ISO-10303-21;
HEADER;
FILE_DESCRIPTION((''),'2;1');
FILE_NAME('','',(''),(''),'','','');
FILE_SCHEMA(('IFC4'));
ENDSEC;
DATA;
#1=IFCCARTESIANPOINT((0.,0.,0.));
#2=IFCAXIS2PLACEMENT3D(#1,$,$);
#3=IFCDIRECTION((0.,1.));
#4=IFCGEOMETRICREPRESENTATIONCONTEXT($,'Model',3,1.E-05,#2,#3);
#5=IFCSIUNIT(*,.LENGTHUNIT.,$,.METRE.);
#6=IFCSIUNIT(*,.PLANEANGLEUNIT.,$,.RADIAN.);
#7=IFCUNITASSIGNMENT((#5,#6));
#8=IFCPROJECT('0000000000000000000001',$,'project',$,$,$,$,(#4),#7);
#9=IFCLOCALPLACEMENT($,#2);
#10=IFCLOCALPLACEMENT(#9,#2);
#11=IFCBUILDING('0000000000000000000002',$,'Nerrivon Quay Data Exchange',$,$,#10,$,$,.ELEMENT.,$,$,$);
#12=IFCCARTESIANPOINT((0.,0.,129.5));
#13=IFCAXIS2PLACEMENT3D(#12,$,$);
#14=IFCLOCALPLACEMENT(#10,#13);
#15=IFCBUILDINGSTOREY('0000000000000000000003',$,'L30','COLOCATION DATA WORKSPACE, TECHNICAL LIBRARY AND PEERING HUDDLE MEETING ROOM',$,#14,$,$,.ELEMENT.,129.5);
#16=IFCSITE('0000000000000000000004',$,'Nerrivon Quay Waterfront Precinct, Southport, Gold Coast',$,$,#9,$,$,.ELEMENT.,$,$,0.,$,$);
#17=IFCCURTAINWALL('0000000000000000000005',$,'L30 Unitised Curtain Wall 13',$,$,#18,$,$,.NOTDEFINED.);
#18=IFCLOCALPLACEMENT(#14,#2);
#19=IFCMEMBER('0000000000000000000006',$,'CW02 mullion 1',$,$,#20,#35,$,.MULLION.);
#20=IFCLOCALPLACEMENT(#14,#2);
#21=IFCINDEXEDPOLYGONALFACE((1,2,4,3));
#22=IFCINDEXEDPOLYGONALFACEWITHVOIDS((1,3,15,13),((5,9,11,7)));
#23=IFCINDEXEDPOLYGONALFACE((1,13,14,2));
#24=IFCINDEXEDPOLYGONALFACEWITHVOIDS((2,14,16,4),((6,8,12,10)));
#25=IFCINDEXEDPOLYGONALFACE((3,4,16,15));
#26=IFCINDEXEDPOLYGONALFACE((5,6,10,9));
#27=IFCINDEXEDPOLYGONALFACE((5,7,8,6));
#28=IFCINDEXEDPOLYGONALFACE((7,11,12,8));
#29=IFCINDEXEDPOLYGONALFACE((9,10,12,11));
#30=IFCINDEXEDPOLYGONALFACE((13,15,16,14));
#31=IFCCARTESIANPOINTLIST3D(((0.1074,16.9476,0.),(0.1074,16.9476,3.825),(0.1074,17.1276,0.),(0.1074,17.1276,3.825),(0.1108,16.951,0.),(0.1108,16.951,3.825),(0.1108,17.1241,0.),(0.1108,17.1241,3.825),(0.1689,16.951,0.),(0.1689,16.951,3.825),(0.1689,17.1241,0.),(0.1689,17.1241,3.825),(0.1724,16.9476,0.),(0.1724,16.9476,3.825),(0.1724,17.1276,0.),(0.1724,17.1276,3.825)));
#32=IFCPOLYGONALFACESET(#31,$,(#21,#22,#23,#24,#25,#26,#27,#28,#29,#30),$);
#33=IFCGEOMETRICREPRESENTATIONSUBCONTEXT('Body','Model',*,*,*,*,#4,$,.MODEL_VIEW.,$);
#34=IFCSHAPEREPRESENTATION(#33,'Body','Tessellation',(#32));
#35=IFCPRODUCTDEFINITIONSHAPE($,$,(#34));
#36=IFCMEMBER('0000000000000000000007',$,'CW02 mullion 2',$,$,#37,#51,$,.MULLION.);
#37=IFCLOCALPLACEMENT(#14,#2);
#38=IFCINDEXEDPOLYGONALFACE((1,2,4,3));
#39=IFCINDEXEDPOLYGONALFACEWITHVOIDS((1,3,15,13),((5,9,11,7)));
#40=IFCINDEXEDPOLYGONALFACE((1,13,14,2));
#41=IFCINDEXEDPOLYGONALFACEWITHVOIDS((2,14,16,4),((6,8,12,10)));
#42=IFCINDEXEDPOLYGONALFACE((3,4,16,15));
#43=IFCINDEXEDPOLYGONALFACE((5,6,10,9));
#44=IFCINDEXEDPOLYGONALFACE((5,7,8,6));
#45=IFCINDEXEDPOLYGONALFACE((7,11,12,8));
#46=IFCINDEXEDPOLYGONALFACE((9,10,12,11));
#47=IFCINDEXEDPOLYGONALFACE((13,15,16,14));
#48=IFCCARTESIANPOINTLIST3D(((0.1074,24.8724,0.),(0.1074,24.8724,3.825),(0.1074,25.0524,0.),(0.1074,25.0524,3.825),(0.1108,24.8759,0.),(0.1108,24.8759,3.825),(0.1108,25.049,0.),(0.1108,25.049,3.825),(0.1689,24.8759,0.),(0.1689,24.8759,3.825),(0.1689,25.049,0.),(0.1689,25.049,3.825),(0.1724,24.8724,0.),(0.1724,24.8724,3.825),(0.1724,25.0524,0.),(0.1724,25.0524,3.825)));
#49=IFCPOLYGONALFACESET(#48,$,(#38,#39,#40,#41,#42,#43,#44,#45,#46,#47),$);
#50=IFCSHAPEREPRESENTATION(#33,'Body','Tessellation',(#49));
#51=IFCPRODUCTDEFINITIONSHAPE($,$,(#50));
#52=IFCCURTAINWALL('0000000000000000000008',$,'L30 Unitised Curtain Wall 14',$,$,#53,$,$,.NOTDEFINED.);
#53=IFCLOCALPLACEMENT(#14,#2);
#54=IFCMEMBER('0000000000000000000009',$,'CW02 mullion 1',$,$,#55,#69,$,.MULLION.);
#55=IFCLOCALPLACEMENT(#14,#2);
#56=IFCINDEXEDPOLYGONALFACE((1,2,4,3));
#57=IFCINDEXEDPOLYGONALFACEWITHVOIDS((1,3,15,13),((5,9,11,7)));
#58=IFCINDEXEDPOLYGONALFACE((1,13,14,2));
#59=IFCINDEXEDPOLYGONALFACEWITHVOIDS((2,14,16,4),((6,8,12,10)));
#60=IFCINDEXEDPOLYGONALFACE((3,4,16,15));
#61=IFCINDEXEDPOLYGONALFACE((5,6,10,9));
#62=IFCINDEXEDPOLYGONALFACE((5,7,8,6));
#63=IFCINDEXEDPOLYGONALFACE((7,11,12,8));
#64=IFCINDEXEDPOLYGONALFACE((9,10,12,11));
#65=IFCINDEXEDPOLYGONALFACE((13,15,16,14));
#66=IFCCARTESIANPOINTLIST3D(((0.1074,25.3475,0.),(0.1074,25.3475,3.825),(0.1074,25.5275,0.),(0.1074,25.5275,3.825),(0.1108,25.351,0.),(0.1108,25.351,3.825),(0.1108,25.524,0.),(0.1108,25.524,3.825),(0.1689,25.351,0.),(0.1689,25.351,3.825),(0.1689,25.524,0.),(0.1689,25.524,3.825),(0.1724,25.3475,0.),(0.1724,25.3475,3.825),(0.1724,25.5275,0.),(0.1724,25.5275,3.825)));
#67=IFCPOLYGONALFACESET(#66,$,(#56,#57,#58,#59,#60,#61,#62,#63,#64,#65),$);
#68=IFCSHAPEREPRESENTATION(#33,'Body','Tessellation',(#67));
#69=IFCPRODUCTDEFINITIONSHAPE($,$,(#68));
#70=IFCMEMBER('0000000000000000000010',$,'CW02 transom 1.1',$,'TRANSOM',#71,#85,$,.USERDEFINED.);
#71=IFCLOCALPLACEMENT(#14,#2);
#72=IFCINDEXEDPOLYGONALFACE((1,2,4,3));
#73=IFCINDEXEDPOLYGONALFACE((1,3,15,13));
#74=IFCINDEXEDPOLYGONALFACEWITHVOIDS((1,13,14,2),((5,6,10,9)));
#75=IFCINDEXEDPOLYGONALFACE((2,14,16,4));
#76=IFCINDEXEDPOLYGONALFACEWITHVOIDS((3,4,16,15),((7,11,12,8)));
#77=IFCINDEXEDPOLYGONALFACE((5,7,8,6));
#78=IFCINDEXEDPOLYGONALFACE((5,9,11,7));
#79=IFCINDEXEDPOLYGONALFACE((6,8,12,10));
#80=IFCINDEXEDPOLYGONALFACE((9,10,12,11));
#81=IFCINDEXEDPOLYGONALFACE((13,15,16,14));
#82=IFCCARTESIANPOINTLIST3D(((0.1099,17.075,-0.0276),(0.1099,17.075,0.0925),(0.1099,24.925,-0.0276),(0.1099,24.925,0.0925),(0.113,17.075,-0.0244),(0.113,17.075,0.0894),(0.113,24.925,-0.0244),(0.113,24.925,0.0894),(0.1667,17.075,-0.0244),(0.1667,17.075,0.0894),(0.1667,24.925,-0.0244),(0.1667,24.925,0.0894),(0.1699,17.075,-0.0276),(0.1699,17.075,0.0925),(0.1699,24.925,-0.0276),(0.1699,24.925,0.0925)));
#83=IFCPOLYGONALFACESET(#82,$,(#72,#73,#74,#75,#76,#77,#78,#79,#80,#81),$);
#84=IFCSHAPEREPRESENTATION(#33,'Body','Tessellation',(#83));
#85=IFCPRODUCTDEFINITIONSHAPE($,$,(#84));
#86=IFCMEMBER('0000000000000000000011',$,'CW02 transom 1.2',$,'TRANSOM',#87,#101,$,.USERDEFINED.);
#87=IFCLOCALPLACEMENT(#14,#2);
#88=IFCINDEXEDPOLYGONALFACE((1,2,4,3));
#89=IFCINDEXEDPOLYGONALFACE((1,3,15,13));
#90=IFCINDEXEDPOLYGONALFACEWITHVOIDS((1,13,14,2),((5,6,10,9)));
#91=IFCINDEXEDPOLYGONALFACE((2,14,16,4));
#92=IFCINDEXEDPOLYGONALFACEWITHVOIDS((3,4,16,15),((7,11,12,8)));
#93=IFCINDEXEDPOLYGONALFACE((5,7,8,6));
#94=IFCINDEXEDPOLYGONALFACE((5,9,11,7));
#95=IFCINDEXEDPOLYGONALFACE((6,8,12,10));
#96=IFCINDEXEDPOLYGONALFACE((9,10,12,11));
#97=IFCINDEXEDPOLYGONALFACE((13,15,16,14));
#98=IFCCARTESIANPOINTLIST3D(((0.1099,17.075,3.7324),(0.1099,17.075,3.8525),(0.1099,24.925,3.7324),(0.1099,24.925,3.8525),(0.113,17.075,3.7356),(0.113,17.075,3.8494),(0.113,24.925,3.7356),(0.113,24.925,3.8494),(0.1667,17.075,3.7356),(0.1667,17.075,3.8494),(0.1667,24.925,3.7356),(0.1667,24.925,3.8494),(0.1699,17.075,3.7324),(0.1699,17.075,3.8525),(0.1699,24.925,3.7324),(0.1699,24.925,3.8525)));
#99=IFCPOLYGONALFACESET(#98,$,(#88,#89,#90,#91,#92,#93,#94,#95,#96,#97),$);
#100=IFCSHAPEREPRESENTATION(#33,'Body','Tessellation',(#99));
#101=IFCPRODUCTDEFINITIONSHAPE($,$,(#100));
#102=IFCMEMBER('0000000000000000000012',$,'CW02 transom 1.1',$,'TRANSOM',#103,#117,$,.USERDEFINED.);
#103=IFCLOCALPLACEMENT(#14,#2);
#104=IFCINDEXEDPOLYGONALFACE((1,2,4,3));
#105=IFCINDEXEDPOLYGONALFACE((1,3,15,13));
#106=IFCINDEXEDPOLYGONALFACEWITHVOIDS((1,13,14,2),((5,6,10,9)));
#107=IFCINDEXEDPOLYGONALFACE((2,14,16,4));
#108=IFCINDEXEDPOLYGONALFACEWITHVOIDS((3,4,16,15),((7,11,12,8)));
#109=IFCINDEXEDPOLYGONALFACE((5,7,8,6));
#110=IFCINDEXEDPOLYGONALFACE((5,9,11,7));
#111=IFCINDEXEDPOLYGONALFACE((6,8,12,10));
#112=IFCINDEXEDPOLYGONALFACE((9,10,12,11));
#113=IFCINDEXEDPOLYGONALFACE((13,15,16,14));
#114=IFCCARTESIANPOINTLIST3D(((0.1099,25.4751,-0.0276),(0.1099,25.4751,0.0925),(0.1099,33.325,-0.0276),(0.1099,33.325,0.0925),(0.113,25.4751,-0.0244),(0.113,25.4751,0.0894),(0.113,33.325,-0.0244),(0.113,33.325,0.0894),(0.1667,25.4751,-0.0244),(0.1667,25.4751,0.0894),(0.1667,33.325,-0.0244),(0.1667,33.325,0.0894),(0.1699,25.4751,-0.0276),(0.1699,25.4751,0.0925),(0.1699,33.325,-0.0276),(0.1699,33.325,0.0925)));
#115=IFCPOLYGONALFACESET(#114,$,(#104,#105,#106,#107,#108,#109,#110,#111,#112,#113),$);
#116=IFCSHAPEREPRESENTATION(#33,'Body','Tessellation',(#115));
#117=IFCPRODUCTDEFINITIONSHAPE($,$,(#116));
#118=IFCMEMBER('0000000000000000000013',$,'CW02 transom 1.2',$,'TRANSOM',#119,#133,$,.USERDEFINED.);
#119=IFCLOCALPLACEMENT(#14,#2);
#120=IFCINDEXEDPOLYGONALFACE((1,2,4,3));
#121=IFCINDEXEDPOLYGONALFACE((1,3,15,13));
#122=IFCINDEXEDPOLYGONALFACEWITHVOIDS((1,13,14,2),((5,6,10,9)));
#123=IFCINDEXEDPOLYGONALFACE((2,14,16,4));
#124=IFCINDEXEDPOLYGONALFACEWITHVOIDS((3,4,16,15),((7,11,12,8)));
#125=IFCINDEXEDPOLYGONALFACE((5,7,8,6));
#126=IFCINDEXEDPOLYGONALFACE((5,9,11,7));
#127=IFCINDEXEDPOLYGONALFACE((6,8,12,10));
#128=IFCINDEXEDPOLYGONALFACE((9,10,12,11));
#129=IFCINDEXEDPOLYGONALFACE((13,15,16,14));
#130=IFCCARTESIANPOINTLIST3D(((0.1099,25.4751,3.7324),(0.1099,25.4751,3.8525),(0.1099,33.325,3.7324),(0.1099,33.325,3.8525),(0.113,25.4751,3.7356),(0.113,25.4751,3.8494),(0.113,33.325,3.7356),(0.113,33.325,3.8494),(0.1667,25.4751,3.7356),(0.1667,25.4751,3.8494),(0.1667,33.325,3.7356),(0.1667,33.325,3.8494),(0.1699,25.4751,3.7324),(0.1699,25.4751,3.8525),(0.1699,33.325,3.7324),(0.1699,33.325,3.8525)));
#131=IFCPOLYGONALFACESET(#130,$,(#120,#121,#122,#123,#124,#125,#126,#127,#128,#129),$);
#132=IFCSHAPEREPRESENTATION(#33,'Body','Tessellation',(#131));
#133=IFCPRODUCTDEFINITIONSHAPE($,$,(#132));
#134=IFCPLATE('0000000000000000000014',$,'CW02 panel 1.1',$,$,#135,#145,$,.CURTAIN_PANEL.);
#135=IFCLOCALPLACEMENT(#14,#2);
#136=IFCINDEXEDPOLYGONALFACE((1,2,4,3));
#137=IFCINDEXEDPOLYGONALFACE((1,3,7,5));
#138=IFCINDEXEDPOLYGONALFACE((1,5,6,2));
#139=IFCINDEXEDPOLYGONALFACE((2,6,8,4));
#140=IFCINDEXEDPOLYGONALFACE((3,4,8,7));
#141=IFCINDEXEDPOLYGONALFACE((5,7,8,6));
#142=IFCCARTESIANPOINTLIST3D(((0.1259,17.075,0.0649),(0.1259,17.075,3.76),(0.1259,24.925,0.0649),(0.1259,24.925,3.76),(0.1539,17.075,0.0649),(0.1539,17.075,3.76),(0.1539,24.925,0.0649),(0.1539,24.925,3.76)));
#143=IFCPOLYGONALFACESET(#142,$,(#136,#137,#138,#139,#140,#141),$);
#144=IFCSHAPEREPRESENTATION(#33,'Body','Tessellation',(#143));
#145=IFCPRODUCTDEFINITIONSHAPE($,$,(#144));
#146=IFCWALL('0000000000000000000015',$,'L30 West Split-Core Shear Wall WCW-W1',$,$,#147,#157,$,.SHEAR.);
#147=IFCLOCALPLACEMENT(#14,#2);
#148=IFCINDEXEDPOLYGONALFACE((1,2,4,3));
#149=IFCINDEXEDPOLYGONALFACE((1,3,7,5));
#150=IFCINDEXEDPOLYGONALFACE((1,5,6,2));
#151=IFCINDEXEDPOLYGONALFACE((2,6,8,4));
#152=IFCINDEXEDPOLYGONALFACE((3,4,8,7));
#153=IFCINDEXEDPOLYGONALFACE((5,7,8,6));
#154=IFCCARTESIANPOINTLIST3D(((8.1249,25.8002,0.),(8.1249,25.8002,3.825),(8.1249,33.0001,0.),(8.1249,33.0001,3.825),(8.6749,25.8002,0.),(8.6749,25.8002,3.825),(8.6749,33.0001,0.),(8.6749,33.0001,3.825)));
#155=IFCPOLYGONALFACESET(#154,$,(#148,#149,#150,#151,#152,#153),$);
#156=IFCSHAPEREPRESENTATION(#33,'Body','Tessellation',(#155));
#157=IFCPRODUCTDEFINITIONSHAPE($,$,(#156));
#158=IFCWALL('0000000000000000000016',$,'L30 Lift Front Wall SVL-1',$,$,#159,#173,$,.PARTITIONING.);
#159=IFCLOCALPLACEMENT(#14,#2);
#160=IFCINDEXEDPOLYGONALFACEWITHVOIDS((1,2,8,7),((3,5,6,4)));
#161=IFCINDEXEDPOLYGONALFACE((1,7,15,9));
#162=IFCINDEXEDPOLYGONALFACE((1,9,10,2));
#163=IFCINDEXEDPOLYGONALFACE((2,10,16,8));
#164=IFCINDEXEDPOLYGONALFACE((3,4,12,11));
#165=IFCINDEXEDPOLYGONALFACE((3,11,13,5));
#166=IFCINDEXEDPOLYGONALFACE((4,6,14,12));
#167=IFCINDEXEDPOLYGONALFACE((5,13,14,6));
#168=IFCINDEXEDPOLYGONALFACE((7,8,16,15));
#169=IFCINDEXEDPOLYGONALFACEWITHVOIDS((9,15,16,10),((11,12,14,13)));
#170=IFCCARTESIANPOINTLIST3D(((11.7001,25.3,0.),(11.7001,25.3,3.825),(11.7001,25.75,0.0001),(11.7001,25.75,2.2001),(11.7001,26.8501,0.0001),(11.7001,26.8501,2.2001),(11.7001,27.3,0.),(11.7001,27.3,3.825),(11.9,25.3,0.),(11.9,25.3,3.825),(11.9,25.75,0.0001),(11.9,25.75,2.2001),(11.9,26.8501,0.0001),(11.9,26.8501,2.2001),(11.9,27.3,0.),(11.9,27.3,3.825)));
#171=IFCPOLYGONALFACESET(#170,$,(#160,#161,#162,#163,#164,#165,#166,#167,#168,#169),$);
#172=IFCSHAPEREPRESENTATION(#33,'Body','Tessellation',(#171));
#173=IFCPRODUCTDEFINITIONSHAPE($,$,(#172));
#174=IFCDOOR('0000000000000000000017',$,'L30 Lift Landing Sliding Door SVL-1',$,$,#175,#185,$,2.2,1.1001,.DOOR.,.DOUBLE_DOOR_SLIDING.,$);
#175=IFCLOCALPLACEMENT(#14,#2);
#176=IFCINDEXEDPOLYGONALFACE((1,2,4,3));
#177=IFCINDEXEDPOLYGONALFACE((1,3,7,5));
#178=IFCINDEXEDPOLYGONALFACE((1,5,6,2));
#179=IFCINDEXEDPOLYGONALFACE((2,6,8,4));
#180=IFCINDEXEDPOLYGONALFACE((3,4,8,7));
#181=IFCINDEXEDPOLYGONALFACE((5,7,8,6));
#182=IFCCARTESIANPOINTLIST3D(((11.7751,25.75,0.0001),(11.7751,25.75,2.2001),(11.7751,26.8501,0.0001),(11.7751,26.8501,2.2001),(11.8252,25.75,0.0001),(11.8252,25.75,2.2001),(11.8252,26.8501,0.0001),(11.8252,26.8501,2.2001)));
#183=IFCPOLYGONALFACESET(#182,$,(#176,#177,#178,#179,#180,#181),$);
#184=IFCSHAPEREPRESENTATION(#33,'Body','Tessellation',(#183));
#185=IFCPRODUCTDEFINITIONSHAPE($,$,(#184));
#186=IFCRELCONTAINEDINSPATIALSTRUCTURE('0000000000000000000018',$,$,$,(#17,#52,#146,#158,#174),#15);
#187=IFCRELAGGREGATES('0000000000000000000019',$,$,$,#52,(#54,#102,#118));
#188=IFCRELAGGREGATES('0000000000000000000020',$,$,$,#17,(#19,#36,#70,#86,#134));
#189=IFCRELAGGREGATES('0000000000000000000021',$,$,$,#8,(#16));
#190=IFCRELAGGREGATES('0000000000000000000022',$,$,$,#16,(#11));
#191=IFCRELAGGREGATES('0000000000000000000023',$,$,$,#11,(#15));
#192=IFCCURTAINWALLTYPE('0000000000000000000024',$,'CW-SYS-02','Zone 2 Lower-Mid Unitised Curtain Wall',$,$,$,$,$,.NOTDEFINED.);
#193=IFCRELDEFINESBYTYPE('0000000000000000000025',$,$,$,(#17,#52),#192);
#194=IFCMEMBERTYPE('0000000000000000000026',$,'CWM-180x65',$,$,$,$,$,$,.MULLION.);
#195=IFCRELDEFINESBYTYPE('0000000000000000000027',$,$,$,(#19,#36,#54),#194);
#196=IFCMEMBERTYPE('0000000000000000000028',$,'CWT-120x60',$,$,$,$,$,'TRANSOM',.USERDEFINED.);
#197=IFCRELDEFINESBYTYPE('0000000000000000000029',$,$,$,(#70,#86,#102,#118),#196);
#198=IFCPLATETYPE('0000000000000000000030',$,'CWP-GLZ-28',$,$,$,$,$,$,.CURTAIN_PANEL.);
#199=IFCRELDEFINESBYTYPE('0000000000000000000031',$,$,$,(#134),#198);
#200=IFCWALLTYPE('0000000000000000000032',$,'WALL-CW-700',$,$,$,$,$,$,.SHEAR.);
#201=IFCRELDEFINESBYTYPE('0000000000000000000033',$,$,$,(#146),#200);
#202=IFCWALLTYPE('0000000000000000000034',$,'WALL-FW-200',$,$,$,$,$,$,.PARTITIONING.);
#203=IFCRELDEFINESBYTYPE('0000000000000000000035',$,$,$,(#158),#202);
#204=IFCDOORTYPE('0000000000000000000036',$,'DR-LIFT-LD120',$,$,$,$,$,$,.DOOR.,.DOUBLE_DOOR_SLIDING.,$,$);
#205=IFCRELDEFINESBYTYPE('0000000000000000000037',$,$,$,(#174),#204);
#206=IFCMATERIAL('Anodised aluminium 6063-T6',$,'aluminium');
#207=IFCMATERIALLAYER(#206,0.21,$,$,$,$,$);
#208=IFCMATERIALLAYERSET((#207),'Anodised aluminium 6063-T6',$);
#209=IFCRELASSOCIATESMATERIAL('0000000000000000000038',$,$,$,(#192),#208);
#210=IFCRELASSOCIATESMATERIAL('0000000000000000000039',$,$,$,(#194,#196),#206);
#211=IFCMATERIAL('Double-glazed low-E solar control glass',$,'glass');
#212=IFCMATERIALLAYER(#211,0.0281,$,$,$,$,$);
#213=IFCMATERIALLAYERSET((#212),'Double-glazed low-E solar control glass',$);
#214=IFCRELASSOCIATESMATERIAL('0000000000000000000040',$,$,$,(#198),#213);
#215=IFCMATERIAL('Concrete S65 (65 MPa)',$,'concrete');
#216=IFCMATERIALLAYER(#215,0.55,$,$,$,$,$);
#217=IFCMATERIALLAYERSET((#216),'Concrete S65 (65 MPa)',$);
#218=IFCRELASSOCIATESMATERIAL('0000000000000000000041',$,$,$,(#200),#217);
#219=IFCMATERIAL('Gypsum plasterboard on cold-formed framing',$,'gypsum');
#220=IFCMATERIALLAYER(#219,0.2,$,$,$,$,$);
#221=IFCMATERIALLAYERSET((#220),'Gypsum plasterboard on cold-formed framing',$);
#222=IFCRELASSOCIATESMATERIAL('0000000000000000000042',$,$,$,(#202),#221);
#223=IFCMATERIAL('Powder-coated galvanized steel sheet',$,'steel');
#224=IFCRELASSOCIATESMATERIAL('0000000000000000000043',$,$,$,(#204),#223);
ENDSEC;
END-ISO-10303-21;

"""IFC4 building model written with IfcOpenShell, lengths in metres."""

from ifc_helpers import new_model, si_unit, direction, frame, frame_2d, origin, origin_2d, place, context, subcontext, project, spatial, rectangle, hollow_rectangle, extrude, material, layer, layer_set, material_profile, profile_set, type_object, element, fill, aggregate, save


model = new_model("IFC4")

# Units and contexts
model_context = context("Model", 3, precision=1e-05, world=origin(), true_north=direction((0.0, 1.0)))
body_context = subcontext(model_context, "Body", "Model", "MODEL_VIEW")
ifc_project = project(units=[si_unit("LENGTHUNIT", "METRE"), si_unit("PLANEANGLEUNIT", "RADIAN")], contexts=[model_context])

# Site, building, storey
site_placement = place(None, origin())
site = spatial("IfcSite", under=ifc_project, at=site_placement, Name="Nerrivon Quay Waterfront Precinct, Southport, Gold Coast", CompositionType="ELEMENT", RefElevation=0.0)
building_placement = place(site_placement, origin())
building = spatial("IfcBuilding", under=site, at=building_placement, Name="Nerrivon Quay Data Exchange", CompositionType="ELEMENT")
storey_placement = place(building_placement, frame((0.0, 0.0, 129.5)))
storey = spatial("IfcBuildingStorey", under=building, at=storey_placement, Name="L30", Description="COLOCATION DATA WORKSPACE, TECHNICAL LIBRARY AND PEERING HUDDLE MEETING ROOM", CompositionType="ELEMENT", Elevation=129.5)

# Shared definitions
ifc_material_1 = material(Name="Concrete S65 (65 MPa)", Category="concrete")

# Curtain wall, members
ifc_material_2 = material(Name="Anodised aluminium 6063-T6", Category="aluminium")
ifc_layer_1 = layer(ifc_material_2, 0.21)
ifc_layer_set_1 = layer_set([ifc_layer_1], Name="Anodised aluminium 6063-T6")
curtain_wall_type = type_object("IfcCurtainWallType", Name="CW-SYS-02", Description="Zone 2 Lower-Mid Unitised Curtain Wall", PredefinedType="NOTDEFINED", material=ifc_layer_set_1)
curtain_wall_1_placement = place(storey_placement, origin())
curtain_wall_1 = element("IfcCurtainWall", 1, at=curtain_wall_1_placement, inside=storey, type_object=curtain_wall_type, Name="L30 Unitised Curtain Wall 13", PredefinedType="NOTDEFINED")
ifc_material_profile_1 = material_profile(ifc_material_2, hollow_rectangle(XDim=0.0649, YDim=0.1799, WallThickness=0.0034, at=origin_2d()), Name="ALU-MULL-180x65")
ifc_profile_set_1 = profile_set([ifc_material_profile_1], Name="Anodised aluminium 6063-T6")
member_type_1 = type_object("IfcMemberType", Name="CWM-180x65", PredefinedType="MULLION", material=ifc_profile_set_1)
member_1_placement = place(storey_placement, frame((0.1399, 17.0376, 0.0), z_axis=(0.0, 0.0, 1.0), x_axis=(-1.0, 0.0, 0.0)))
member_1 = element("IfcMember", 2, at=member_1_placement, type_object=member_type_1, Name="CW02 mullion 1", PredefinedType="MULLION", context=body_context, shape_type="SweptSolid", body=[
    extrude(hollow_rectangle(XDim=0.0649, YDim=0.1799, WallThickness=0.0034, at=origin_2d()), origin(), (0.0, 0.0, 1.0), 3.825),
])
member_2_placement = place(storey_placement, frame((0.1399, 24.9624, 0.0), z_axis=(0.0, 0.0, 1.0), x_axis=(-1.0, 0.0, 0.0)))
member_2 = element("IfcMember", 3, at=member_2_placement, type_object=member_type_1, Name="CW02 mullion 2", PredefinedType="MULLION", context=body_context, shape_type="SweptSolid", body=[
    extrude(hollow_rectangle(XDim=0.0649, YDim=0.1799, WallThickness=0.0034, at=origin_2d()), origin(), (0.0, 0.0, 1.0), 3.825),
])

# Curtain wall, member
curtain_wall_2_placement = place(storey_placement, origin())
curtain_wall_2 = element("IfcCurtainWall", 4, at=curtain_wall_2_placement, inside=storey, type_object=curtain_wall_type, Name="L30 Unitised Curtain Wall 14", PredefinedType="NOTDEFINED")
member_3_placement = place(storey_placement, frame((0.1399, 25.4375, 0.0), z_axis=(0.0, 0.0, 1.0), x_axis=(-1.0, 0.0, 0.0)))
member_3 = element("IfcMember", 5, at=member_3_placement, type_object=member_type_1, Name="CW02 mullion 1", PredefinedType="MULLION", context=body_context, shape_type="SweptSolid", body=[
    extrude(hollow_rectangle(XDim=0.0649, YDim=0.1799, WallThickness=0.0034, at=origin_2d()), origin(), (0.0, 0.0, 1.0), 3.825),
])

# Members
ifc_material_profile_2 = material_profile(ifc_material_2, hollow_rectangle(XDim=0.0601, YDim=0.1201, WallThickness=0.0032, at=origin_2d()), Name="ALU-TRAN-120x60")
ifc_profile_set_2 = profile_set([ifc_material_profile_2], Name="Anodised aluminium 6063-T6")
member_type_2 = type_object("IfcMemberType", Name="CWT-120x60", ElementType="TRANSOM", PredefinedType="USERDEFINED", material=ifc_profile_set_2)
member_4_placement = place(storey_placement, frame((0.1399, 17.075, 0.0325), z_axis=(0.0, 1.0, 0.0), x_axis=(-1.0, 0.0, 0.0)))
member_4 = element("IfcMember", 6, at=member_4_placement, type_object=member_type_2, Name="CW02 transom 1.1", ObjectType="TRANSOM", PredefinedType="USERDEFINED", context=body_context, shape_type="SweptSolid", body=[
    extrude(hollow_rectangle(XDim=0.0601, YDim=0.1201, WallThickness=0.0032, at=origin_2d()), origin(), (0.0, 0.0, 1.0), 7.8501),
])
member_5_placement = place(storey_placement, frame((0.1399, 17.075, 3.7925), z_axis=(0.0, 1.0, 0.0), x_axis=(-1.0, 0.0, 0.0)))
member_5 = element("IfcMember", 7, at=member_5_placement, type_object=member_type_2, Name="CW02 transom 1.2", ObjectType="TRANSOM", PredefinedType="USERDEFINED", context=body_context, shape_type="SweptSolid", body=[
    extrude(hollow_rectangle(XDim=0.0601, YDim=0.1201, WallThickness=0.0032, at=origin_2d()), origin(), (0.0, 0.0, 1.0), 7.8501),
])
member_6_placement = place(storey_placement, frame((0.1399, 25.4751, 0.0325), z_axis=(0.0, 1.0, 0.0), x_axis=(-1.0, 0.0, 0.0)))
member_6 = element("IfcMember", 8, at=member_6_placement, type_object=member_type_2, Name="CW02 transom 1.1", ObjectType="TRANSOM", PredefinedType="USERDEFINED", context=body_context, shape_type="SweptSolid", body=[
    extrude(hollow_rectangle(XDim=0.0601, YDim=0.1201, WallThickness=0.0032, at=origin_2d()), origin(), (0.0, 0.0, 1.0), 7.8499),
])
member_7_placement = place(storey_placement, frame((0.1399, 25.4751, 3.7925), z_axis=(0.0, 1.0, 0.0), x_axis=(-1.0, 0.0, 0.0)))
member_7 = element("IfcMember", 9, at=member_7_placement, type_object=member_type_2, Name="CW02 transom 1.2", ObjectType="TRANSOM", PredefinedType="USERDEFINED", context=body_context, shape_type="SweptSolid", body=[
    extrude(hollow_rectangle(XDim=0.0601, YDim=0.1201, WallThickness=0.0032, at=origin_2d()), origin(), (0.0, 0.0, 1.0), 7.8499),
])
aggregate(curtain_wall_2, [member_3, member_6, member_7])

# Plate
ifc_material_3 = material(Name="Double-glazed low-E solar control glass", Category="glass")
ifc_layer_2 = layer(ifc_material_3, 0.0281)
ifc_layer_set_2 = layer_set([ifc_layer_2], Name="Double-glazed low-E solar control glass")
plate_type = type_object("IfcPlateType", Name="CWP-GLZ-28", PredefinedType="CURTAIN_PANEL", material=ifc_layer_set_2)
plate_placement = place(storey_placement, frame((0.1399, 21.0, 0.0649), z_axis=(0.0, 0.0, 1.0), x_axis=(0.0, 1.0, 0.0)))
plate = element("IfcPlate", 10, at=plate_placement, type_object=plate_type, Name="CW02 panel 1.1", PredefinedType="CURTAIN_PANEL", context=body_context, shape_type="SweptSolid", body=[
    extrude(rectangle(XDim=7.8501, YDim=0.0281, at=origin_2d()), origin(), (0.0, 0.0, 1.0), 3.6951),
])
aggregate(curtain_wall_1, [member_1, member_2, member_4, member_5, plate])

# Wall
ifc_layer_3 = layer(ifc_material_1, 0.55)
ifc_layer_set_3 = layer_set([ifc_layer_3], Name="Concrete S65 (65 MPa)")
wall_type_1 = type_object("IfcWallType", Name="WALL-CW-700", PredefinedType="SHEAR", material=ifc_layer_set_3)
wall_1_placement = place(storey_placement, frame((8.3999, 25.8, 0.0), z_axis=(0.0, 0.0, 1.0), x_axis=(0.0, 1.0, 0.0)))
element("IfcWall", 11, at=wall_1_placement, inside=storey, type_object=wall_type_1, Name="L30 West Split-Core Shear Wall WCW-W1", PredefinedType="SHEAR", context=body_context, shape_type="SweptSolid", body=[
    extrude(rectangle(XDim=7.2, YDim=0.55, at=frame_2d((3.6001, 0.0))), origin(), (0.0, 0.0, 1.0), 3.825),
])

# Wall, opening, door
ifc_material_4 = material(Name="Powder-coated galvanized steel sheet", Category="steel")
ifc_material_5 = material(Name="Gypsum plasterboard on cold-formed framing", Category="gypsum")
ifc_layer_4 = layer(ifc_material_5, 0.2)
ifc_layer_set_4 = layer_set([ifc_layer_4], Name="Gypsum plasterboard on cold-formed framing")
wall_type_2 = type_object("IfcWallType", Name="WALL-FW-200", PredefinedType="PARTITIONING", material=ifc_layer_set_4)
wall_2_placement = place(storey_placement, frame((11.8, 25.3, 0.0), z_axis=(0.0, 0.0, 1.0), x_axis=(0.0, 1.0, 0.0)))
wall_2 = element("IfcWall", 12, at=wall_2_placement, inside=storey, type_object=wall_type_2, Name="L30 Lift Front Wall SVL-1", PredefinedType="PARTITIONING", context=body_context, shape_type="SweptSolid", body=[
    extrude(rectangle(XDim=2.0, YDim=0.2, at=frame_2d((1.0, 0.0))), origin(), (0.0, 0.0, 1.0), 3.825),
])
opening_1_placement = place(wall_2_placement, frame((0.45, 0.0, 0.0)))
opening_1 = element("IfcOpeningElement", 13, at=opening_1_placement, cuts=wall_2, PredefinedType="OPENING", context=body_context, shape_type="SweptSolid", body=[
    extrude(rectangle(XDim=1.1001, YDim=2.2, at=frame_2d((0.55, 1.1001))), frame((0.0, 0.1099, 0.0), z_axis=(0.0, -1.0, 0.0), x_axis=(1.0, 0.0, 0.0)), (0.0, 0.0, 1.0), 0.22),
])
door_type_1 = type_object("IfcDoorType", Name="DR-LIFT-LD120", OperationType="DOUBLE_DOOR_SLIDING", PredefinedType="DOOR", material=ifc_material_4)
door_1_placement = place(opening_1_placement, origin())
door_1 = element("IfcDoor", 14, at=door_1_placement, inside=storey, type_object=door_type_1, Name="L30 Lift Landing Sliding Door SVL-1", OperationType="DOUBLE_DOOR_SLIDING", OverallHeight=2.2, OverallWidth=1.1001, PredefinedType="DOOR", context=body_context, shape_type="SweptSolid", body=[
    extrude(rectangle(XDim=1.1001, YDim=2.2, at=frame_2d((0.55, 1.1001))), frame((0.0, 0.0249, 0.0), z_axis=(0.0, -1.0, 0.0), x_axis=(1.0, 0.0, 0.0)), (0.0, 0.0, 1.0), 0.05),
])
fill(opening_1, door_1)

save(model, "model.ifc")
